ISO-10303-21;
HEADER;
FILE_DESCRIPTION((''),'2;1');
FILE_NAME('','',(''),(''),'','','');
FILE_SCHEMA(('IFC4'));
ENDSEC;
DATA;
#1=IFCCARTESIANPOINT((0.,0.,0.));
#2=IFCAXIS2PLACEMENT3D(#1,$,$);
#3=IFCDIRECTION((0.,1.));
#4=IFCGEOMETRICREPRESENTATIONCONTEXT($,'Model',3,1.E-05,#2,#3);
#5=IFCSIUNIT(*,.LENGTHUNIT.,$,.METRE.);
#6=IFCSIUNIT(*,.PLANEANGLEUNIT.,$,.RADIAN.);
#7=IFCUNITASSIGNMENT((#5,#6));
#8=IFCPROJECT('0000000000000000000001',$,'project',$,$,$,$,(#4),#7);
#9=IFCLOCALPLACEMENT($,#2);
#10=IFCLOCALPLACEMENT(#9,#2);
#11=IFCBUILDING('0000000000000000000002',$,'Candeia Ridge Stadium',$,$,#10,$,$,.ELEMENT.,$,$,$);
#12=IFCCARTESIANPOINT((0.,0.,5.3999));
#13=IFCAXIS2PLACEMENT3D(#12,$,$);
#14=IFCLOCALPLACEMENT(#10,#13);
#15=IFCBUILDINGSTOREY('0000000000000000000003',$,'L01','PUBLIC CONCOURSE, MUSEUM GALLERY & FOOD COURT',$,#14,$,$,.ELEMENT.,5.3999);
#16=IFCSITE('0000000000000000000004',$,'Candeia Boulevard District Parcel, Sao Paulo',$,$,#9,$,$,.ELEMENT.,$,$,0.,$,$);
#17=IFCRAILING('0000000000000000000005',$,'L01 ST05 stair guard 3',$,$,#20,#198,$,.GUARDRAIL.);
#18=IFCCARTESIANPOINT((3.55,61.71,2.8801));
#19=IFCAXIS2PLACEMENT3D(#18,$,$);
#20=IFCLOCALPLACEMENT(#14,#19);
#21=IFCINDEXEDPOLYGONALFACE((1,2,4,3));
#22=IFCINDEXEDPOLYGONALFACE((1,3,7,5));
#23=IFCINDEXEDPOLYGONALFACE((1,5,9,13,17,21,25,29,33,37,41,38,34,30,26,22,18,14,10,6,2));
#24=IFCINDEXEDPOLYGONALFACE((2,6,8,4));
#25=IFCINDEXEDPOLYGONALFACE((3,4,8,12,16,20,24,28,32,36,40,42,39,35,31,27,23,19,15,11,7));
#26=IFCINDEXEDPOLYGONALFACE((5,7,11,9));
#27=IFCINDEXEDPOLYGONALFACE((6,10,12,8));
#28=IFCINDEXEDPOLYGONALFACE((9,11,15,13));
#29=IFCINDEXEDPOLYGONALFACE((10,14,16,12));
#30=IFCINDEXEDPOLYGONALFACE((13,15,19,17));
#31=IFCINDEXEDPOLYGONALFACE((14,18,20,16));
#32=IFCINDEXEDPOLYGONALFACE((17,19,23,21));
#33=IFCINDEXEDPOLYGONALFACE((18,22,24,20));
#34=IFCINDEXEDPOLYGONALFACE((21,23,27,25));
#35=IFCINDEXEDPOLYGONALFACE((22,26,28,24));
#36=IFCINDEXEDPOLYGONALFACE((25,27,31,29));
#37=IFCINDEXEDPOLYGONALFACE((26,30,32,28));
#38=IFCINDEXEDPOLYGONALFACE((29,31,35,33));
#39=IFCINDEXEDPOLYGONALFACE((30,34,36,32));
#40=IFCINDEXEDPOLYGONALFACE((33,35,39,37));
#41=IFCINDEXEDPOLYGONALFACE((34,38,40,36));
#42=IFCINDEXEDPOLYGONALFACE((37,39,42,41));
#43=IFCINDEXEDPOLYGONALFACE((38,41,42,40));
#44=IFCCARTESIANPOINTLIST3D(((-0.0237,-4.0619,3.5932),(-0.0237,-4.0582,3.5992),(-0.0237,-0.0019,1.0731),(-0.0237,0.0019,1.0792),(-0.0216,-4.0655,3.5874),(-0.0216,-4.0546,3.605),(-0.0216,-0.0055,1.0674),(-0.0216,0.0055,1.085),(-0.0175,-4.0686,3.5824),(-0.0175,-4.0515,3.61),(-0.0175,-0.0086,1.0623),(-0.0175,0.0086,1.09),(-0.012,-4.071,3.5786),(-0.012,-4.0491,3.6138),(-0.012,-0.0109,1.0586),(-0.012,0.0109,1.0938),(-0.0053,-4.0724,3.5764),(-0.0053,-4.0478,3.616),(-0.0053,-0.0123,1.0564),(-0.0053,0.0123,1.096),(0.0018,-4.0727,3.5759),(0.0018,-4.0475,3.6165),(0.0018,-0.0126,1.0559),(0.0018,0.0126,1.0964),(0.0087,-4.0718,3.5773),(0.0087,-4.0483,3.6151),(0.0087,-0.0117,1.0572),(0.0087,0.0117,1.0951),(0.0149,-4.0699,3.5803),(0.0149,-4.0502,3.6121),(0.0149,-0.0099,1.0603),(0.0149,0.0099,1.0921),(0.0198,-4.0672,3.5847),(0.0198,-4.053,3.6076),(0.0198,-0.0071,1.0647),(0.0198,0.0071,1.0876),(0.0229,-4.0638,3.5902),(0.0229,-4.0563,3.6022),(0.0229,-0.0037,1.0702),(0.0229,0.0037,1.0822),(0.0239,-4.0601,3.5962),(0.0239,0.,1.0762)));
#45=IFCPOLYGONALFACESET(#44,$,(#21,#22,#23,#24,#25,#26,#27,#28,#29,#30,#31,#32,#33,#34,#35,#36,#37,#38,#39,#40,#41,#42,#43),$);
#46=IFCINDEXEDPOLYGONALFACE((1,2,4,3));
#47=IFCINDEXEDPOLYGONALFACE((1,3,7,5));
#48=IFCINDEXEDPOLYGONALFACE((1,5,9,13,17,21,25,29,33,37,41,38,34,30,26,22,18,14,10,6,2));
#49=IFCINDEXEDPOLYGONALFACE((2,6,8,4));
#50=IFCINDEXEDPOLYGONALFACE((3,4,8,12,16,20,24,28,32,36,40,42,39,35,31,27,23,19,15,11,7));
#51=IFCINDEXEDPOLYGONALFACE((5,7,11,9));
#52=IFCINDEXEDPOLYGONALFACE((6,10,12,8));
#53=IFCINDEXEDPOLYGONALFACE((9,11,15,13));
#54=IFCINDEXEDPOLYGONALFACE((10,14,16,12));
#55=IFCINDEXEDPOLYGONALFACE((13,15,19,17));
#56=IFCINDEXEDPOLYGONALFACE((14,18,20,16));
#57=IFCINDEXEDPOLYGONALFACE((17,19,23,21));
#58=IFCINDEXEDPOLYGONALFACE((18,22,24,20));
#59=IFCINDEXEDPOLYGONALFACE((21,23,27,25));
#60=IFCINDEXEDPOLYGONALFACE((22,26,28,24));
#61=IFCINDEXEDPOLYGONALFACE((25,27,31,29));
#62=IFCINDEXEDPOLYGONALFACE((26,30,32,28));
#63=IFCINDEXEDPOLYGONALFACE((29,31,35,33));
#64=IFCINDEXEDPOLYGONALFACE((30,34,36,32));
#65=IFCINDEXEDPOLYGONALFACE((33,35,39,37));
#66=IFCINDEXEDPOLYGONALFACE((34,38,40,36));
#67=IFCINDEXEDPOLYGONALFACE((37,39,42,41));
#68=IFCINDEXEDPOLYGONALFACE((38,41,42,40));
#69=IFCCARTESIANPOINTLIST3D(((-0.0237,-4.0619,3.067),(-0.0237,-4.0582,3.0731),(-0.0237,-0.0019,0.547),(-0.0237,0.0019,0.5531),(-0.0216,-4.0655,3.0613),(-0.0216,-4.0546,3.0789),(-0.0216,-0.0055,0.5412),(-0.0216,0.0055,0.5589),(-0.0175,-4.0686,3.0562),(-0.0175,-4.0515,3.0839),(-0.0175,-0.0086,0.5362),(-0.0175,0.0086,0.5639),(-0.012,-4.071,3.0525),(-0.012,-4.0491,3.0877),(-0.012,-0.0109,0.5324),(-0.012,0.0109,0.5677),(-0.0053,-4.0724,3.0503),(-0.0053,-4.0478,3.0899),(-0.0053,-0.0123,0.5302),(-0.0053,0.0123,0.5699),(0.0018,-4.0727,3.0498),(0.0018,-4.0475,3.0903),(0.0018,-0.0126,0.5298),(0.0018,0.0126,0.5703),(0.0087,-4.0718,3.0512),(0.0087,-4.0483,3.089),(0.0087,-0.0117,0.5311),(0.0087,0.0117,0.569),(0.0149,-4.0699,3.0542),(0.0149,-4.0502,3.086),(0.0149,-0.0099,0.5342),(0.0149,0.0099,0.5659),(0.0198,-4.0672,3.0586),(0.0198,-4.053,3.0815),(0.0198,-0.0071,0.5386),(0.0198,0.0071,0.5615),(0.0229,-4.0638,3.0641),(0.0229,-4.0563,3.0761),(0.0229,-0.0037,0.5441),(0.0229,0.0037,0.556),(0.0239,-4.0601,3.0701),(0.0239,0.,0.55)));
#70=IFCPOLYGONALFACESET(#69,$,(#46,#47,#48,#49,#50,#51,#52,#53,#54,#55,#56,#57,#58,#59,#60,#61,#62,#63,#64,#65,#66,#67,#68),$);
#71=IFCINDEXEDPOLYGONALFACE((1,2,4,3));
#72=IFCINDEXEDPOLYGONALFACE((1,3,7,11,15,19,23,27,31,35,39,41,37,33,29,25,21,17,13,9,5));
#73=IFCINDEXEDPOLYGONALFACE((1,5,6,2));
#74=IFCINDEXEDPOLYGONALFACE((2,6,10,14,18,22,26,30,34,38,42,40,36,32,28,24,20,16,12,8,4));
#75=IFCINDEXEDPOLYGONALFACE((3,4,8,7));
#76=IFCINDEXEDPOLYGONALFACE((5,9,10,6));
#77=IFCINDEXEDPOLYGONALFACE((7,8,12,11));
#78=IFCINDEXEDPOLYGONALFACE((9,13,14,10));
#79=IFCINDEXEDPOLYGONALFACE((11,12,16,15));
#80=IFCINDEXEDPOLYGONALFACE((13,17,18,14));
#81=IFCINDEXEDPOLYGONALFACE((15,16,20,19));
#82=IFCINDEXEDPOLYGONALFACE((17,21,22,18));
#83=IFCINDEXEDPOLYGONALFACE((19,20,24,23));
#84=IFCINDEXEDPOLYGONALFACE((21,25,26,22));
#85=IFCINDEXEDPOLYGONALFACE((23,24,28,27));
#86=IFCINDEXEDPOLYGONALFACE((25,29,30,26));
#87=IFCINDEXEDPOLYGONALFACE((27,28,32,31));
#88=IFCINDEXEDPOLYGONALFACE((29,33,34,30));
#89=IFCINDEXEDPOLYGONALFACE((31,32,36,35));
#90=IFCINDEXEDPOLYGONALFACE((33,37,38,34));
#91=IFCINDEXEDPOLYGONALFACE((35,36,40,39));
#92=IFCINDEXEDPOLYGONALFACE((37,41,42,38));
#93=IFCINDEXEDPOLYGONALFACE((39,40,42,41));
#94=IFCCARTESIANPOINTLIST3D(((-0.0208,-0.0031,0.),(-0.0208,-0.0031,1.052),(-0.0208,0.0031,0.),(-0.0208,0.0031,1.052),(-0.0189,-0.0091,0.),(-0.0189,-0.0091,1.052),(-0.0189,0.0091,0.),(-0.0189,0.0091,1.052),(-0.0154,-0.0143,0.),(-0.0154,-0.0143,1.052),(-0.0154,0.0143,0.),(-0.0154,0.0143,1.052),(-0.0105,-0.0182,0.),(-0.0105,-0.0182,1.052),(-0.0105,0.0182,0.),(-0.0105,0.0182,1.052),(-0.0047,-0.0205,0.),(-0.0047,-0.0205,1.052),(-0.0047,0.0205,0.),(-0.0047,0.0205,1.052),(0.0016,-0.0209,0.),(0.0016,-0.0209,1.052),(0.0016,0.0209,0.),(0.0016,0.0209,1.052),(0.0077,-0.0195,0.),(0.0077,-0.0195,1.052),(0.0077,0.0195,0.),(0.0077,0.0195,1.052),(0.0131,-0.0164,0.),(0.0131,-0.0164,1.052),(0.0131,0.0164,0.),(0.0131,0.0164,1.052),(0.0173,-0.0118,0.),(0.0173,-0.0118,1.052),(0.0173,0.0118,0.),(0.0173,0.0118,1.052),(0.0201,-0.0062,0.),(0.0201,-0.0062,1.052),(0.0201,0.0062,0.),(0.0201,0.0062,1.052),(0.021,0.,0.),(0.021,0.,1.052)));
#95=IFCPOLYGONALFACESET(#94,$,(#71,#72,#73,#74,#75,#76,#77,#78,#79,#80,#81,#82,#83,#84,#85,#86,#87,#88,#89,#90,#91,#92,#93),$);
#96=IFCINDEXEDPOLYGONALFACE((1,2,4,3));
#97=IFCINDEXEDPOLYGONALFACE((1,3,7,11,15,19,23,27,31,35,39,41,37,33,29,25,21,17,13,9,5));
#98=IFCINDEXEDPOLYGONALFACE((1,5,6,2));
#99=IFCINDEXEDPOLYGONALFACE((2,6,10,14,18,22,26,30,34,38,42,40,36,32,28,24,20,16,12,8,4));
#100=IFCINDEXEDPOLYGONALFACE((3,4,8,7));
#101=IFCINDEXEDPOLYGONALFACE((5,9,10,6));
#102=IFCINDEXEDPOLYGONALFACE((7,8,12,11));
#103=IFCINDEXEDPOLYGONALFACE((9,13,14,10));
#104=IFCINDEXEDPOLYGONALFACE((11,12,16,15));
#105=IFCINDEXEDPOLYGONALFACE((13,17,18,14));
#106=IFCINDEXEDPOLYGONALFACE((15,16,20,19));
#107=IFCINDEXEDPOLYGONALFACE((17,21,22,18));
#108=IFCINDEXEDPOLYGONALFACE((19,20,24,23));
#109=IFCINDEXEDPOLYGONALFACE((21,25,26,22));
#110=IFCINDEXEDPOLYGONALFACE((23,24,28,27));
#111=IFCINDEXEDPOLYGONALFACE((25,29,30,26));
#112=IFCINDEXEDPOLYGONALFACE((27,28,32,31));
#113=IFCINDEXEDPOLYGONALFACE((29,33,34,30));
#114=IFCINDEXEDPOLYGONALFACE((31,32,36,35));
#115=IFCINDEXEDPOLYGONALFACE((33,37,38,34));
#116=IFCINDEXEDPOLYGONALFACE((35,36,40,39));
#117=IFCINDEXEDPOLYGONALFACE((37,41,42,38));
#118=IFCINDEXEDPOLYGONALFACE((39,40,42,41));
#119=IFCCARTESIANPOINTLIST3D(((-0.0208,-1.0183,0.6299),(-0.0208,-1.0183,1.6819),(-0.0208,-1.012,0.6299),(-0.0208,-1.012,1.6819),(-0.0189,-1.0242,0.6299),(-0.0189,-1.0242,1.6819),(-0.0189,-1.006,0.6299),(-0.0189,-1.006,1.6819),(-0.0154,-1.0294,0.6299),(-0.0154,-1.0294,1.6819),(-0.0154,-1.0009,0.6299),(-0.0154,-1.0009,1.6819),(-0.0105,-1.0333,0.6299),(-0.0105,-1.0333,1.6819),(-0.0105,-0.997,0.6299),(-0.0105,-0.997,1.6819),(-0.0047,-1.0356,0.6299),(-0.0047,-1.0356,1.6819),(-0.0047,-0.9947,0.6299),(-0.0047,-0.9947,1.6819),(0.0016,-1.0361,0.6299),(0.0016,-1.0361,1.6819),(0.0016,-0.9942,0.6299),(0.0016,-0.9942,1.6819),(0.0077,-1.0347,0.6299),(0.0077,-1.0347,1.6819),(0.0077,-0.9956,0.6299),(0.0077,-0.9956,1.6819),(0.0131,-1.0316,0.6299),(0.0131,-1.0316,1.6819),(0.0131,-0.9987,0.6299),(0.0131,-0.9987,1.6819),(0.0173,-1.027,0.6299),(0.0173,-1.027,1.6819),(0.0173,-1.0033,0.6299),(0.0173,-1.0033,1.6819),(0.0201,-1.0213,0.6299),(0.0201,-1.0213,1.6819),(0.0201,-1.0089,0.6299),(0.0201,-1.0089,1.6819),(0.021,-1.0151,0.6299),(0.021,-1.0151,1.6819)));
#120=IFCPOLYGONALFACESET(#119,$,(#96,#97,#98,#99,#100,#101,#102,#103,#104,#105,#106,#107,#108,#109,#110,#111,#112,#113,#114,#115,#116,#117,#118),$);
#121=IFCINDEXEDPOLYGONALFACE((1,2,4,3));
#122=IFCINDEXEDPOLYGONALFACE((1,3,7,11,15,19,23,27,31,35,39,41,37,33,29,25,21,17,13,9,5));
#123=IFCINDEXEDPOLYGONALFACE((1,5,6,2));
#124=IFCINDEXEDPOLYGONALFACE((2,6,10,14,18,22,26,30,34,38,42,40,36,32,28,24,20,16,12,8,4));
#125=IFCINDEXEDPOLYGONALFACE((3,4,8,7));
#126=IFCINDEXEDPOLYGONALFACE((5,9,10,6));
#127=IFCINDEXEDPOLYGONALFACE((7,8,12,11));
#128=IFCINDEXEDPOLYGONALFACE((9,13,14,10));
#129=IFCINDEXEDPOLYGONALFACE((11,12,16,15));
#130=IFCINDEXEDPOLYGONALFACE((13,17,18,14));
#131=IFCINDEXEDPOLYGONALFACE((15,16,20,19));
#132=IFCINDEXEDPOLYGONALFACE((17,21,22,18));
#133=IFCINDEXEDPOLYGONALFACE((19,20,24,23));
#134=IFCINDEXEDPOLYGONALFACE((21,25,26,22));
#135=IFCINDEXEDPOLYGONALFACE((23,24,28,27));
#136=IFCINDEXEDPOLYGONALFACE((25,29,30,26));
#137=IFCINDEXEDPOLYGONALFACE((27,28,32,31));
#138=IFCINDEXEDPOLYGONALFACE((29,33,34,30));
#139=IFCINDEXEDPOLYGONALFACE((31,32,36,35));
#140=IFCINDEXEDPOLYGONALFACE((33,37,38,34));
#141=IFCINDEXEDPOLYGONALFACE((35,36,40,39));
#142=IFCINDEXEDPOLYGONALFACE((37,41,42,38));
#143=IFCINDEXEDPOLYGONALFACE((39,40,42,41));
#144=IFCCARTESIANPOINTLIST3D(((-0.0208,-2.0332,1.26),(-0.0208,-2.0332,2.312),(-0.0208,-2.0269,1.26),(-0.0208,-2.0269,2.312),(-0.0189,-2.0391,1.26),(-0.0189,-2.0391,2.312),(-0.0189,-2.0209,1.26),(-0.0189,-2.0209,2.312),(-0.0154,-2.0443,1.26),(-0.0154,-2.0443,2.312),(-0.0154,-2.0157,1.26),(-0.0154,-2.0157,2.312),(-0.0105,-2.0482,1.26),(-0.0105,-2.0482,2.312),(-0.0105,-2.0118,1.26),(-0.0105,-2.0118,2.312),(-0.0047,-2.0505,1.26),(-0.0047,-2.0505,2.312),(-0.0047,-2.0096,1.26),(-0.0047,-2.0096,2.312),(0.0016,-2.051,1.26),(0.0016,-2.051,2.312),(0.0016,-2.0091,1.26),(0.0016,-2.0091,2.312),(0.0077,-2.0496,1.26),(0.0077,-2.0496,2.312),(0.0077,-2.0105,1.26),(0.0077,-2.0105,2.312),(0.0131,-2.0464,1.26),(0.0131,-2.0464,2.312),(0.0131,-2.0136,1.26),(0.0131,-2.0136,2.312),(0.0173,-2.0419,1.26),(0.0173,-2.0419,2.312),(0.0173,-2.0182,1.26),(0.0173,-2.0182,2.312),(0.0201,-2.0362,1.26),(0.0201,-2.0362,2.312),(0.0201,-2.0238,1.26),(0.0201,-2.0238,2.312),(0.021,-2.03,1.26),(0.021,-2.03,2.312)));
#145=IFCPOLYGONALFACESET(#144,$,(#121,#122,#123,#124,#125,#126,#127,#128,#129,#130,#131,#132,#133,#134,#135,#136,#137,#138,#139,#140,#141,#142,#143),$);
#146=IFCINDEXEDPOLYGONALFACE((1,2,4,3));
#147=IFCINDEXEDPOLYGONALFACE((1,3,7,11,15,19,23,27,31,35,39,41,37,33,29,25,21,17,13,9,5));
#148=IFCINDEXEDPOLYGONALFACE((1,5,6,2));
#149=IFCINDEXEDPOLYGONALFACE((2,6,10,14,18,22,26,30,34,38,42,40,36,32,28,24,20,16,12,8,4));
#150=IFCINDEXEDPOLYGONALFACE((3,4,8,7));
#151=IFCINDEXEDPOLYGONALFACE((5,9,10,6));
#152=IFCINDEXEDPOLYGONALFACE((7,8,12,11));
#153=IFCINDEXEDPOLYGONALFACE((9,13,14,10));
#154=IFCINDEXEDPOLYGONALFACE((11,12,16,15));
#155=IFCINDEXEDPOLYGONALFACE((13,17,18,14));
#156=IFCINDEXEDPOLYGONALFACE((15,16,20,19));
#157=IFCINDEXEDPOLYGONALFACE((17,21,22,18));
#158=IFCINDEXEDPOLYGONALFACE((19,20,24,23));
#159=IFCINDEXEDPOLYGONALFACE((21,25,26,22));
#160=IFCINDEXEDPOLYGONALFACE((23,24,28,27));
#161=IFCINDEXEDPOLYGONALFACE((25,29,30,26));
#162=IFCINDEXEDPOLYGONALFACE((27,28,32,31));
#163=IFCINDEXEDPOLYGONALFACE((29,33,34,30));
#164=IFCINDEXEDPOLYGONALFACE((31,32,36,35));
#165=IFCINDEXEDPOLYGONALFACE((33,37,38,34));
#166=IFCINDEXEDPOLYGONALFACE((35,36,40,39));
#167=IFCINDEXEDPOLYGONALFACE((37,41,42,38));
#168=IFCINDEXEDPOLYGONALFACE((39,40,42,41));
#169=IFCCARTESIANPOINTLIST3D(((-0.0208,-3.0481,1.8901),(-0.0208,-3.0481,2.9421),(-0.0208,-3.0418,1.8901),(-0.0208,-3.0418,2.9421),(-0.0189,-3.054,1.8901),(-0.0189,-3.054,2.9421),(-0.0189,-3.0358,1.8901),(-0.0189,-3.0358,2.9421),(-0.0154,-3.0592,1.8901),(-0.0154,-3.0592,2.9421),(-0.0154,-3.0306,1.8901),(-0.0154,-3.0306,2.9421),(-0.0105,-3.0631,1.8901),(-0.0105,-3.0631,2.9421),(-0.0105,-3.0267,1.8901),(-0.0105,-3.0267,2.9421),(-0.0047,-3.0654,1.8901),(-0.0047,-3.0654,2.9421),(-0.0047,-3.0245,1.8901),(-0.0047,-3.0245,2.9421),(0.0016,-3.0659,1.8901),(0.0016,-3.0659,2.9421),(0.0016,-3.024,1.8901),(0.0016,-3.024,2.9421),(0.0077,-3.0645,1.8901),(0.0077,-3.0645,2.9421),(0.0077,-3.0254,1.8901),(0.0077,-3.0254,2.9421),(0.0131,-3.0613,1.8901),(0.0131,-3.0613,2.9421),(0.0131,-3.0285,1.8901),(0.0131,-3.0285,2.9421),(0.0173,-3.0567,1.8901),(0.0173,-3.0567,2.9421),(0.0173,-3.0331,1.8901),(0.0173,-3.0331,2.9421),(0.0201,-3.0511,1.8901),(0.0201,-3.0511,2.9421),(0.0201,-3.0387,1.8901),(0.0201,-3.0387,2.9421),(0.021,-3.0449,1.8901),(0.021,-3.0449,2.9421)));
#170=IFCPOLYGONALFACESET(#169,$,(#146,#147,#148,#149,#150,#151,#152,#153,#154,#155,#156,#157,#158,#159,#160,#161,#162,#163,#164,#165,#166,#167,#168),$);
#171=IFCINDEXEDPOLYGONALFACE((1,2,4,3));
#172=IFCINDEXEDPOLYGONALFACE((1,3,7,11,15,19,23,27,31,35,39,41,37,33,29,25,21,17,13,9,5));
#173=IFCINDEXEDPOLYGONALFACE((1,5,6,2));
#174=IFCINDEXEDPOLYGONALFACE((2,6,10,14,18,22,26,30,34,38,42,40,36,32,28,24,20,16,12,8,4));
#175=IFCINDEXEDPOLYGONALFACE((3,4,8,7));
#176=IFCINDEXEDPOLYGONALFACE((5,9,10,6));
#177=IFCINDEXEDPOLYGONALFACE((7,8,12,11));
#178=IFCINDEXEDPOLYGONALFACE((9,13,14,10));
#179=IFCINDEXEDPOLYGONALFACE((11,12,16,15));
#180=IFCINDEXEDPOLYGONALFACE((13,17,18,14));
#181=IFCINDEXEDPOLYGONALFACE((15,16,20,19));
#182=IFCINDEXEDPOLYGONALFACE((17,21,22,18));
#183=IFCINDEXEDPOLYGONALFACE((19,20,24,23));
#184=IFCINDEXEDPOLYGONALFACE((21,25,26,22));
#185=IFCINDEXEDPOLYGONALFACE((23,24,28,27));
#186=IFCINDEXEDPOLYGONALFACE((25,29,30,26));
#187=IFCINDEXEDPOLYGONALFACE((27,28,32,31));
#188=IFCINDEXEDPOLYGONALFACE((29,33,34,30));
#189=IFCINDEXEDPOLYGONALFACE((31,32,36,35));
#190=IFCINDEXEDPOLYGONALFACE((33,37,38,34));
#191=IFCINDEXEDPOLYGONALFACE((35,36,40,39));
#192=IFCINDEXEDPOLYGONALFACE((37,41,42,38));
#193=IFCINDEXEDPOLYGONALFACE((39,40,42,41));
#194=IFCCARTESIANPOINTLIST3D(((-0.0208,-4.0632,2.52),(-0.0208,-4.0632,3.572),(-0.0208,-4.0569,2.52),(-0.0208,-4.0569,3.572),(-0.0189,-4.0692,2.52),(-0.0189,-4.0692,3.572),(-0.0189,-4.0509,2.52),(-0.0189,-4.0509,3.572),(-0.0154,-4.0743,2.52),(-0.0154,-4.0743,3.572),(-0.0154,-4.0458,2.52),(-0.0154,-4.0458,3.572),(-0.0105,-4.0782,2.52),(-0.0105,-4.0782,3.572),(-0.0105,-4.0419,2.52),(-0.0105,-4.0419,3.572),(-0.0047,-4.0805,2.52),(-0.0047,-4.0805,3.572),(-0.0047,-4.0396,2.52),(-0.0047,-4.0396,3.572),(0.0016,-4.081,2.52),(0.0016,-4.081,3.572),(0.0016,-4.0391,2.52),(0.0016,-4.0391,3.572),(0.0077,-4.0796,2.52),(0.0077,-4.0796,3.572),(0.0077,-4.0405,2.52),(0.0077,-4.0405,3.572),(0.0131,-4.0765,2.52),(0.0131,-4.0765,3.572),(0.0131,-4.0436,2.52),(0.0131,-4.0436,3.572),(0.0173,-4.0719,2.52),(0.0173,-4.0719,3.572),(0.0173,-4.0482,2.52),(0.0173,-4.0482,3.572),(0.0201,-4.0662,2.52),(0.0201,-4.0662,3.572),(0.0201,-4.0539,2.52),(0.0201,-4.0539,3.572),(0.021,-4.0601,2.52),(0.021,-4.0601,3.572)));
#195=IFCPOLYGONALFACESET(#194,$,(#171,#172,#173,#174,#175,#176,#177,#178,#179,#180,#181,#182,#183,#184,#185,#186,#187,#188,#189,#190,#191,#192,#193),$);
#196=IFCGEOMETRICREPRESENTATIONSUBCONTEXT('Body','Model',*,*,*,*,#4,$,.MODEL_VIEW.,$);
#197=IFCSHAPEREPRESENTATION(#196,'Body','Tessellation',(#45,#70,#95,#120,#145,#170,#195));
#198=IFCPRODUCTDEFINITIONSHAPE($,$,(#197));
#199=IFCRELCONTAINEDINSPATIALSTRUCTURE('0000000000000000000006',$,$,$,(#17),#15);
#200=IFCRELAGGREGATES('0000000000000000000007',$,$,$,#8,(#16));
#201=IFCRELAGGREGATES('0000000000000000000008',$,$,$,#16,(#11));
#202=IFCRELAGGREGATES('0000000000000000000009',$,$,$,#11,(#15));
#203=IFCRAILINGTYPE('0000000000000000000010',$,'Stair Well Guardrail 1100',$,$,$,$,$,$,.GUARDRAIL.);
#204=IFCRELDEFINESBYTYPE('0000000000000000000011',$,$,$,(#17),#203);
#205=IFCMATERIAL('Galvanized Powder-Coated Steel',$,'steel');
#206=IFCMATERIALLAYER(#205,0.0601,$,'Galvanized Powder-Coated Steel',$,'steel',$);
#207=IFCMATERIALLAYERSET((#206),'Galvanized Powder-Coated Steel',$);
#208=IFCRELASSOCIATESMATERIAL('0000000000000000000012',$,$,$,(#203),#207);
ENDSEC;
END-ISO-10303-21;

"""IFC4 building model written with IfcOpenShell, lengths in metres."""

from ifc_helpers import new_model, si_unit, direction, frame, origin, origin_2d, place, context, subcontext, project, spatial, circle, extrude, material, layer, layer_set, type_object, element, save


model = new_model("IFC4")

# Units and contexts
model_context = context("Model", 3, precision=1e-05, world=origin(), true_north=direction((0.0, 1.0)))
body_context = subcontext(model_context, "Body", "Model", "MODEL_VIEW")
ifc_project = project(units=[si_unit("LENGTHUNIT", "METRE"), si_unit("PLANEANGLEUNIT", "RADIAN")], contexts=[model_context])

# Site, building, storey
site_placement = place(None, origin())
site = spatial("IfcSite", under=ifc_project, at=site_placement, Name="Candeia Boulevard District Parcel, Sao Paulo", CompositionType="ELEMENT", RefElevation=0.0)
building_placement = place(site_placement, origin())
building = spatial("IfcBuilding", under=site, at=building_placement, Name="Candeia Ridge Stadium", CompositionType="ELEMENT")
storey_placement = place(building_placement, frame((0.0, 0.0, 5.3999)))
storey = spatial("IfcBuildingStorey", under=building, at=storey_placement, Name="L01", Description="PUBLIC CONCOURSE, MUSEUM GALLERY & FOOD COURT", CompositionType="ELEMENT", Elevation=5.3999)

# Railing
ifc_material_1 = material(Name="Galvanized Powder-Coated Steel", Category="steel")
ifc_layer_1 = layer(ifc_material_1, 0.0601, Name="Galvanized Powder-Coated Steel", Category="steel")
ifc_layer_set_1 = layer_set([ifc_layer_1], Name="Galvanized Powder-Coated Steel")
railing_type_1 = type_object("IfcRailingType", Name="Stair Well Guardrail 1100", PredefinedType="GUARDRAIL", material=ifc_layer_set_1)
railing_1_placement = place(storey_placement, frame((3.55, 61.71, 2.8801)))
element("IfcRailing", 1, at=railing_1_placement, inside=storey, type_object=railing_type_1, Name="L01 ST05 stair guard 3", PredefinedType="GUARDRAIL", context=body_context, shape_type="SweptSolid", body=[
    extrude(circle(Radius=0.0239, at=origin_2d()), frame((0.0, 0.0, 1.0762), z_axis=(0.0, -0.849642, 0.52736), x_axis=(1.0, 0.0, 0.0)), (0.0, 0.0, 1.0), 4.7786),
    extrude(circle(Radius=0.0239, at=origin_2d()), frame((0.0, 0.0, 0.55), z_axis=(0.0, -0.849642, 0.52736), x_axis=(1.0, 0.0, 0.0)), (0.0, 0.0, 1.0), 4.7786),
    extrude(circle(Radius=0.021, at=origin_2d()), origin(), (0.0, 0.0, 1.0), 1.052),
    extrude(circle(Radius=0.021, at=origin_2d()), frame((0.0, -1.0151, 0.6299)), (0.0, 0.0, 1.0), 1.052),
    extrude(circle(Radius=0.021, at=origin_2d()), frame((0.0, -2.03, 1.26)), (0.0, 0.0, 1.0), 1.052),
    extrude(circle(Radius=0.021, at=origin_2d()), frame((0.0, -3.0449, 1.8901)), (0.0, 0.0, 1.0), 1.052),
    extrude(circle(Radius=0.021, at=origin_2d()), frame((0.0, -4.0601, 2.52)), (0.0, 0.0, 1.0), 1.052),
])

save(model, "model.ifc")
